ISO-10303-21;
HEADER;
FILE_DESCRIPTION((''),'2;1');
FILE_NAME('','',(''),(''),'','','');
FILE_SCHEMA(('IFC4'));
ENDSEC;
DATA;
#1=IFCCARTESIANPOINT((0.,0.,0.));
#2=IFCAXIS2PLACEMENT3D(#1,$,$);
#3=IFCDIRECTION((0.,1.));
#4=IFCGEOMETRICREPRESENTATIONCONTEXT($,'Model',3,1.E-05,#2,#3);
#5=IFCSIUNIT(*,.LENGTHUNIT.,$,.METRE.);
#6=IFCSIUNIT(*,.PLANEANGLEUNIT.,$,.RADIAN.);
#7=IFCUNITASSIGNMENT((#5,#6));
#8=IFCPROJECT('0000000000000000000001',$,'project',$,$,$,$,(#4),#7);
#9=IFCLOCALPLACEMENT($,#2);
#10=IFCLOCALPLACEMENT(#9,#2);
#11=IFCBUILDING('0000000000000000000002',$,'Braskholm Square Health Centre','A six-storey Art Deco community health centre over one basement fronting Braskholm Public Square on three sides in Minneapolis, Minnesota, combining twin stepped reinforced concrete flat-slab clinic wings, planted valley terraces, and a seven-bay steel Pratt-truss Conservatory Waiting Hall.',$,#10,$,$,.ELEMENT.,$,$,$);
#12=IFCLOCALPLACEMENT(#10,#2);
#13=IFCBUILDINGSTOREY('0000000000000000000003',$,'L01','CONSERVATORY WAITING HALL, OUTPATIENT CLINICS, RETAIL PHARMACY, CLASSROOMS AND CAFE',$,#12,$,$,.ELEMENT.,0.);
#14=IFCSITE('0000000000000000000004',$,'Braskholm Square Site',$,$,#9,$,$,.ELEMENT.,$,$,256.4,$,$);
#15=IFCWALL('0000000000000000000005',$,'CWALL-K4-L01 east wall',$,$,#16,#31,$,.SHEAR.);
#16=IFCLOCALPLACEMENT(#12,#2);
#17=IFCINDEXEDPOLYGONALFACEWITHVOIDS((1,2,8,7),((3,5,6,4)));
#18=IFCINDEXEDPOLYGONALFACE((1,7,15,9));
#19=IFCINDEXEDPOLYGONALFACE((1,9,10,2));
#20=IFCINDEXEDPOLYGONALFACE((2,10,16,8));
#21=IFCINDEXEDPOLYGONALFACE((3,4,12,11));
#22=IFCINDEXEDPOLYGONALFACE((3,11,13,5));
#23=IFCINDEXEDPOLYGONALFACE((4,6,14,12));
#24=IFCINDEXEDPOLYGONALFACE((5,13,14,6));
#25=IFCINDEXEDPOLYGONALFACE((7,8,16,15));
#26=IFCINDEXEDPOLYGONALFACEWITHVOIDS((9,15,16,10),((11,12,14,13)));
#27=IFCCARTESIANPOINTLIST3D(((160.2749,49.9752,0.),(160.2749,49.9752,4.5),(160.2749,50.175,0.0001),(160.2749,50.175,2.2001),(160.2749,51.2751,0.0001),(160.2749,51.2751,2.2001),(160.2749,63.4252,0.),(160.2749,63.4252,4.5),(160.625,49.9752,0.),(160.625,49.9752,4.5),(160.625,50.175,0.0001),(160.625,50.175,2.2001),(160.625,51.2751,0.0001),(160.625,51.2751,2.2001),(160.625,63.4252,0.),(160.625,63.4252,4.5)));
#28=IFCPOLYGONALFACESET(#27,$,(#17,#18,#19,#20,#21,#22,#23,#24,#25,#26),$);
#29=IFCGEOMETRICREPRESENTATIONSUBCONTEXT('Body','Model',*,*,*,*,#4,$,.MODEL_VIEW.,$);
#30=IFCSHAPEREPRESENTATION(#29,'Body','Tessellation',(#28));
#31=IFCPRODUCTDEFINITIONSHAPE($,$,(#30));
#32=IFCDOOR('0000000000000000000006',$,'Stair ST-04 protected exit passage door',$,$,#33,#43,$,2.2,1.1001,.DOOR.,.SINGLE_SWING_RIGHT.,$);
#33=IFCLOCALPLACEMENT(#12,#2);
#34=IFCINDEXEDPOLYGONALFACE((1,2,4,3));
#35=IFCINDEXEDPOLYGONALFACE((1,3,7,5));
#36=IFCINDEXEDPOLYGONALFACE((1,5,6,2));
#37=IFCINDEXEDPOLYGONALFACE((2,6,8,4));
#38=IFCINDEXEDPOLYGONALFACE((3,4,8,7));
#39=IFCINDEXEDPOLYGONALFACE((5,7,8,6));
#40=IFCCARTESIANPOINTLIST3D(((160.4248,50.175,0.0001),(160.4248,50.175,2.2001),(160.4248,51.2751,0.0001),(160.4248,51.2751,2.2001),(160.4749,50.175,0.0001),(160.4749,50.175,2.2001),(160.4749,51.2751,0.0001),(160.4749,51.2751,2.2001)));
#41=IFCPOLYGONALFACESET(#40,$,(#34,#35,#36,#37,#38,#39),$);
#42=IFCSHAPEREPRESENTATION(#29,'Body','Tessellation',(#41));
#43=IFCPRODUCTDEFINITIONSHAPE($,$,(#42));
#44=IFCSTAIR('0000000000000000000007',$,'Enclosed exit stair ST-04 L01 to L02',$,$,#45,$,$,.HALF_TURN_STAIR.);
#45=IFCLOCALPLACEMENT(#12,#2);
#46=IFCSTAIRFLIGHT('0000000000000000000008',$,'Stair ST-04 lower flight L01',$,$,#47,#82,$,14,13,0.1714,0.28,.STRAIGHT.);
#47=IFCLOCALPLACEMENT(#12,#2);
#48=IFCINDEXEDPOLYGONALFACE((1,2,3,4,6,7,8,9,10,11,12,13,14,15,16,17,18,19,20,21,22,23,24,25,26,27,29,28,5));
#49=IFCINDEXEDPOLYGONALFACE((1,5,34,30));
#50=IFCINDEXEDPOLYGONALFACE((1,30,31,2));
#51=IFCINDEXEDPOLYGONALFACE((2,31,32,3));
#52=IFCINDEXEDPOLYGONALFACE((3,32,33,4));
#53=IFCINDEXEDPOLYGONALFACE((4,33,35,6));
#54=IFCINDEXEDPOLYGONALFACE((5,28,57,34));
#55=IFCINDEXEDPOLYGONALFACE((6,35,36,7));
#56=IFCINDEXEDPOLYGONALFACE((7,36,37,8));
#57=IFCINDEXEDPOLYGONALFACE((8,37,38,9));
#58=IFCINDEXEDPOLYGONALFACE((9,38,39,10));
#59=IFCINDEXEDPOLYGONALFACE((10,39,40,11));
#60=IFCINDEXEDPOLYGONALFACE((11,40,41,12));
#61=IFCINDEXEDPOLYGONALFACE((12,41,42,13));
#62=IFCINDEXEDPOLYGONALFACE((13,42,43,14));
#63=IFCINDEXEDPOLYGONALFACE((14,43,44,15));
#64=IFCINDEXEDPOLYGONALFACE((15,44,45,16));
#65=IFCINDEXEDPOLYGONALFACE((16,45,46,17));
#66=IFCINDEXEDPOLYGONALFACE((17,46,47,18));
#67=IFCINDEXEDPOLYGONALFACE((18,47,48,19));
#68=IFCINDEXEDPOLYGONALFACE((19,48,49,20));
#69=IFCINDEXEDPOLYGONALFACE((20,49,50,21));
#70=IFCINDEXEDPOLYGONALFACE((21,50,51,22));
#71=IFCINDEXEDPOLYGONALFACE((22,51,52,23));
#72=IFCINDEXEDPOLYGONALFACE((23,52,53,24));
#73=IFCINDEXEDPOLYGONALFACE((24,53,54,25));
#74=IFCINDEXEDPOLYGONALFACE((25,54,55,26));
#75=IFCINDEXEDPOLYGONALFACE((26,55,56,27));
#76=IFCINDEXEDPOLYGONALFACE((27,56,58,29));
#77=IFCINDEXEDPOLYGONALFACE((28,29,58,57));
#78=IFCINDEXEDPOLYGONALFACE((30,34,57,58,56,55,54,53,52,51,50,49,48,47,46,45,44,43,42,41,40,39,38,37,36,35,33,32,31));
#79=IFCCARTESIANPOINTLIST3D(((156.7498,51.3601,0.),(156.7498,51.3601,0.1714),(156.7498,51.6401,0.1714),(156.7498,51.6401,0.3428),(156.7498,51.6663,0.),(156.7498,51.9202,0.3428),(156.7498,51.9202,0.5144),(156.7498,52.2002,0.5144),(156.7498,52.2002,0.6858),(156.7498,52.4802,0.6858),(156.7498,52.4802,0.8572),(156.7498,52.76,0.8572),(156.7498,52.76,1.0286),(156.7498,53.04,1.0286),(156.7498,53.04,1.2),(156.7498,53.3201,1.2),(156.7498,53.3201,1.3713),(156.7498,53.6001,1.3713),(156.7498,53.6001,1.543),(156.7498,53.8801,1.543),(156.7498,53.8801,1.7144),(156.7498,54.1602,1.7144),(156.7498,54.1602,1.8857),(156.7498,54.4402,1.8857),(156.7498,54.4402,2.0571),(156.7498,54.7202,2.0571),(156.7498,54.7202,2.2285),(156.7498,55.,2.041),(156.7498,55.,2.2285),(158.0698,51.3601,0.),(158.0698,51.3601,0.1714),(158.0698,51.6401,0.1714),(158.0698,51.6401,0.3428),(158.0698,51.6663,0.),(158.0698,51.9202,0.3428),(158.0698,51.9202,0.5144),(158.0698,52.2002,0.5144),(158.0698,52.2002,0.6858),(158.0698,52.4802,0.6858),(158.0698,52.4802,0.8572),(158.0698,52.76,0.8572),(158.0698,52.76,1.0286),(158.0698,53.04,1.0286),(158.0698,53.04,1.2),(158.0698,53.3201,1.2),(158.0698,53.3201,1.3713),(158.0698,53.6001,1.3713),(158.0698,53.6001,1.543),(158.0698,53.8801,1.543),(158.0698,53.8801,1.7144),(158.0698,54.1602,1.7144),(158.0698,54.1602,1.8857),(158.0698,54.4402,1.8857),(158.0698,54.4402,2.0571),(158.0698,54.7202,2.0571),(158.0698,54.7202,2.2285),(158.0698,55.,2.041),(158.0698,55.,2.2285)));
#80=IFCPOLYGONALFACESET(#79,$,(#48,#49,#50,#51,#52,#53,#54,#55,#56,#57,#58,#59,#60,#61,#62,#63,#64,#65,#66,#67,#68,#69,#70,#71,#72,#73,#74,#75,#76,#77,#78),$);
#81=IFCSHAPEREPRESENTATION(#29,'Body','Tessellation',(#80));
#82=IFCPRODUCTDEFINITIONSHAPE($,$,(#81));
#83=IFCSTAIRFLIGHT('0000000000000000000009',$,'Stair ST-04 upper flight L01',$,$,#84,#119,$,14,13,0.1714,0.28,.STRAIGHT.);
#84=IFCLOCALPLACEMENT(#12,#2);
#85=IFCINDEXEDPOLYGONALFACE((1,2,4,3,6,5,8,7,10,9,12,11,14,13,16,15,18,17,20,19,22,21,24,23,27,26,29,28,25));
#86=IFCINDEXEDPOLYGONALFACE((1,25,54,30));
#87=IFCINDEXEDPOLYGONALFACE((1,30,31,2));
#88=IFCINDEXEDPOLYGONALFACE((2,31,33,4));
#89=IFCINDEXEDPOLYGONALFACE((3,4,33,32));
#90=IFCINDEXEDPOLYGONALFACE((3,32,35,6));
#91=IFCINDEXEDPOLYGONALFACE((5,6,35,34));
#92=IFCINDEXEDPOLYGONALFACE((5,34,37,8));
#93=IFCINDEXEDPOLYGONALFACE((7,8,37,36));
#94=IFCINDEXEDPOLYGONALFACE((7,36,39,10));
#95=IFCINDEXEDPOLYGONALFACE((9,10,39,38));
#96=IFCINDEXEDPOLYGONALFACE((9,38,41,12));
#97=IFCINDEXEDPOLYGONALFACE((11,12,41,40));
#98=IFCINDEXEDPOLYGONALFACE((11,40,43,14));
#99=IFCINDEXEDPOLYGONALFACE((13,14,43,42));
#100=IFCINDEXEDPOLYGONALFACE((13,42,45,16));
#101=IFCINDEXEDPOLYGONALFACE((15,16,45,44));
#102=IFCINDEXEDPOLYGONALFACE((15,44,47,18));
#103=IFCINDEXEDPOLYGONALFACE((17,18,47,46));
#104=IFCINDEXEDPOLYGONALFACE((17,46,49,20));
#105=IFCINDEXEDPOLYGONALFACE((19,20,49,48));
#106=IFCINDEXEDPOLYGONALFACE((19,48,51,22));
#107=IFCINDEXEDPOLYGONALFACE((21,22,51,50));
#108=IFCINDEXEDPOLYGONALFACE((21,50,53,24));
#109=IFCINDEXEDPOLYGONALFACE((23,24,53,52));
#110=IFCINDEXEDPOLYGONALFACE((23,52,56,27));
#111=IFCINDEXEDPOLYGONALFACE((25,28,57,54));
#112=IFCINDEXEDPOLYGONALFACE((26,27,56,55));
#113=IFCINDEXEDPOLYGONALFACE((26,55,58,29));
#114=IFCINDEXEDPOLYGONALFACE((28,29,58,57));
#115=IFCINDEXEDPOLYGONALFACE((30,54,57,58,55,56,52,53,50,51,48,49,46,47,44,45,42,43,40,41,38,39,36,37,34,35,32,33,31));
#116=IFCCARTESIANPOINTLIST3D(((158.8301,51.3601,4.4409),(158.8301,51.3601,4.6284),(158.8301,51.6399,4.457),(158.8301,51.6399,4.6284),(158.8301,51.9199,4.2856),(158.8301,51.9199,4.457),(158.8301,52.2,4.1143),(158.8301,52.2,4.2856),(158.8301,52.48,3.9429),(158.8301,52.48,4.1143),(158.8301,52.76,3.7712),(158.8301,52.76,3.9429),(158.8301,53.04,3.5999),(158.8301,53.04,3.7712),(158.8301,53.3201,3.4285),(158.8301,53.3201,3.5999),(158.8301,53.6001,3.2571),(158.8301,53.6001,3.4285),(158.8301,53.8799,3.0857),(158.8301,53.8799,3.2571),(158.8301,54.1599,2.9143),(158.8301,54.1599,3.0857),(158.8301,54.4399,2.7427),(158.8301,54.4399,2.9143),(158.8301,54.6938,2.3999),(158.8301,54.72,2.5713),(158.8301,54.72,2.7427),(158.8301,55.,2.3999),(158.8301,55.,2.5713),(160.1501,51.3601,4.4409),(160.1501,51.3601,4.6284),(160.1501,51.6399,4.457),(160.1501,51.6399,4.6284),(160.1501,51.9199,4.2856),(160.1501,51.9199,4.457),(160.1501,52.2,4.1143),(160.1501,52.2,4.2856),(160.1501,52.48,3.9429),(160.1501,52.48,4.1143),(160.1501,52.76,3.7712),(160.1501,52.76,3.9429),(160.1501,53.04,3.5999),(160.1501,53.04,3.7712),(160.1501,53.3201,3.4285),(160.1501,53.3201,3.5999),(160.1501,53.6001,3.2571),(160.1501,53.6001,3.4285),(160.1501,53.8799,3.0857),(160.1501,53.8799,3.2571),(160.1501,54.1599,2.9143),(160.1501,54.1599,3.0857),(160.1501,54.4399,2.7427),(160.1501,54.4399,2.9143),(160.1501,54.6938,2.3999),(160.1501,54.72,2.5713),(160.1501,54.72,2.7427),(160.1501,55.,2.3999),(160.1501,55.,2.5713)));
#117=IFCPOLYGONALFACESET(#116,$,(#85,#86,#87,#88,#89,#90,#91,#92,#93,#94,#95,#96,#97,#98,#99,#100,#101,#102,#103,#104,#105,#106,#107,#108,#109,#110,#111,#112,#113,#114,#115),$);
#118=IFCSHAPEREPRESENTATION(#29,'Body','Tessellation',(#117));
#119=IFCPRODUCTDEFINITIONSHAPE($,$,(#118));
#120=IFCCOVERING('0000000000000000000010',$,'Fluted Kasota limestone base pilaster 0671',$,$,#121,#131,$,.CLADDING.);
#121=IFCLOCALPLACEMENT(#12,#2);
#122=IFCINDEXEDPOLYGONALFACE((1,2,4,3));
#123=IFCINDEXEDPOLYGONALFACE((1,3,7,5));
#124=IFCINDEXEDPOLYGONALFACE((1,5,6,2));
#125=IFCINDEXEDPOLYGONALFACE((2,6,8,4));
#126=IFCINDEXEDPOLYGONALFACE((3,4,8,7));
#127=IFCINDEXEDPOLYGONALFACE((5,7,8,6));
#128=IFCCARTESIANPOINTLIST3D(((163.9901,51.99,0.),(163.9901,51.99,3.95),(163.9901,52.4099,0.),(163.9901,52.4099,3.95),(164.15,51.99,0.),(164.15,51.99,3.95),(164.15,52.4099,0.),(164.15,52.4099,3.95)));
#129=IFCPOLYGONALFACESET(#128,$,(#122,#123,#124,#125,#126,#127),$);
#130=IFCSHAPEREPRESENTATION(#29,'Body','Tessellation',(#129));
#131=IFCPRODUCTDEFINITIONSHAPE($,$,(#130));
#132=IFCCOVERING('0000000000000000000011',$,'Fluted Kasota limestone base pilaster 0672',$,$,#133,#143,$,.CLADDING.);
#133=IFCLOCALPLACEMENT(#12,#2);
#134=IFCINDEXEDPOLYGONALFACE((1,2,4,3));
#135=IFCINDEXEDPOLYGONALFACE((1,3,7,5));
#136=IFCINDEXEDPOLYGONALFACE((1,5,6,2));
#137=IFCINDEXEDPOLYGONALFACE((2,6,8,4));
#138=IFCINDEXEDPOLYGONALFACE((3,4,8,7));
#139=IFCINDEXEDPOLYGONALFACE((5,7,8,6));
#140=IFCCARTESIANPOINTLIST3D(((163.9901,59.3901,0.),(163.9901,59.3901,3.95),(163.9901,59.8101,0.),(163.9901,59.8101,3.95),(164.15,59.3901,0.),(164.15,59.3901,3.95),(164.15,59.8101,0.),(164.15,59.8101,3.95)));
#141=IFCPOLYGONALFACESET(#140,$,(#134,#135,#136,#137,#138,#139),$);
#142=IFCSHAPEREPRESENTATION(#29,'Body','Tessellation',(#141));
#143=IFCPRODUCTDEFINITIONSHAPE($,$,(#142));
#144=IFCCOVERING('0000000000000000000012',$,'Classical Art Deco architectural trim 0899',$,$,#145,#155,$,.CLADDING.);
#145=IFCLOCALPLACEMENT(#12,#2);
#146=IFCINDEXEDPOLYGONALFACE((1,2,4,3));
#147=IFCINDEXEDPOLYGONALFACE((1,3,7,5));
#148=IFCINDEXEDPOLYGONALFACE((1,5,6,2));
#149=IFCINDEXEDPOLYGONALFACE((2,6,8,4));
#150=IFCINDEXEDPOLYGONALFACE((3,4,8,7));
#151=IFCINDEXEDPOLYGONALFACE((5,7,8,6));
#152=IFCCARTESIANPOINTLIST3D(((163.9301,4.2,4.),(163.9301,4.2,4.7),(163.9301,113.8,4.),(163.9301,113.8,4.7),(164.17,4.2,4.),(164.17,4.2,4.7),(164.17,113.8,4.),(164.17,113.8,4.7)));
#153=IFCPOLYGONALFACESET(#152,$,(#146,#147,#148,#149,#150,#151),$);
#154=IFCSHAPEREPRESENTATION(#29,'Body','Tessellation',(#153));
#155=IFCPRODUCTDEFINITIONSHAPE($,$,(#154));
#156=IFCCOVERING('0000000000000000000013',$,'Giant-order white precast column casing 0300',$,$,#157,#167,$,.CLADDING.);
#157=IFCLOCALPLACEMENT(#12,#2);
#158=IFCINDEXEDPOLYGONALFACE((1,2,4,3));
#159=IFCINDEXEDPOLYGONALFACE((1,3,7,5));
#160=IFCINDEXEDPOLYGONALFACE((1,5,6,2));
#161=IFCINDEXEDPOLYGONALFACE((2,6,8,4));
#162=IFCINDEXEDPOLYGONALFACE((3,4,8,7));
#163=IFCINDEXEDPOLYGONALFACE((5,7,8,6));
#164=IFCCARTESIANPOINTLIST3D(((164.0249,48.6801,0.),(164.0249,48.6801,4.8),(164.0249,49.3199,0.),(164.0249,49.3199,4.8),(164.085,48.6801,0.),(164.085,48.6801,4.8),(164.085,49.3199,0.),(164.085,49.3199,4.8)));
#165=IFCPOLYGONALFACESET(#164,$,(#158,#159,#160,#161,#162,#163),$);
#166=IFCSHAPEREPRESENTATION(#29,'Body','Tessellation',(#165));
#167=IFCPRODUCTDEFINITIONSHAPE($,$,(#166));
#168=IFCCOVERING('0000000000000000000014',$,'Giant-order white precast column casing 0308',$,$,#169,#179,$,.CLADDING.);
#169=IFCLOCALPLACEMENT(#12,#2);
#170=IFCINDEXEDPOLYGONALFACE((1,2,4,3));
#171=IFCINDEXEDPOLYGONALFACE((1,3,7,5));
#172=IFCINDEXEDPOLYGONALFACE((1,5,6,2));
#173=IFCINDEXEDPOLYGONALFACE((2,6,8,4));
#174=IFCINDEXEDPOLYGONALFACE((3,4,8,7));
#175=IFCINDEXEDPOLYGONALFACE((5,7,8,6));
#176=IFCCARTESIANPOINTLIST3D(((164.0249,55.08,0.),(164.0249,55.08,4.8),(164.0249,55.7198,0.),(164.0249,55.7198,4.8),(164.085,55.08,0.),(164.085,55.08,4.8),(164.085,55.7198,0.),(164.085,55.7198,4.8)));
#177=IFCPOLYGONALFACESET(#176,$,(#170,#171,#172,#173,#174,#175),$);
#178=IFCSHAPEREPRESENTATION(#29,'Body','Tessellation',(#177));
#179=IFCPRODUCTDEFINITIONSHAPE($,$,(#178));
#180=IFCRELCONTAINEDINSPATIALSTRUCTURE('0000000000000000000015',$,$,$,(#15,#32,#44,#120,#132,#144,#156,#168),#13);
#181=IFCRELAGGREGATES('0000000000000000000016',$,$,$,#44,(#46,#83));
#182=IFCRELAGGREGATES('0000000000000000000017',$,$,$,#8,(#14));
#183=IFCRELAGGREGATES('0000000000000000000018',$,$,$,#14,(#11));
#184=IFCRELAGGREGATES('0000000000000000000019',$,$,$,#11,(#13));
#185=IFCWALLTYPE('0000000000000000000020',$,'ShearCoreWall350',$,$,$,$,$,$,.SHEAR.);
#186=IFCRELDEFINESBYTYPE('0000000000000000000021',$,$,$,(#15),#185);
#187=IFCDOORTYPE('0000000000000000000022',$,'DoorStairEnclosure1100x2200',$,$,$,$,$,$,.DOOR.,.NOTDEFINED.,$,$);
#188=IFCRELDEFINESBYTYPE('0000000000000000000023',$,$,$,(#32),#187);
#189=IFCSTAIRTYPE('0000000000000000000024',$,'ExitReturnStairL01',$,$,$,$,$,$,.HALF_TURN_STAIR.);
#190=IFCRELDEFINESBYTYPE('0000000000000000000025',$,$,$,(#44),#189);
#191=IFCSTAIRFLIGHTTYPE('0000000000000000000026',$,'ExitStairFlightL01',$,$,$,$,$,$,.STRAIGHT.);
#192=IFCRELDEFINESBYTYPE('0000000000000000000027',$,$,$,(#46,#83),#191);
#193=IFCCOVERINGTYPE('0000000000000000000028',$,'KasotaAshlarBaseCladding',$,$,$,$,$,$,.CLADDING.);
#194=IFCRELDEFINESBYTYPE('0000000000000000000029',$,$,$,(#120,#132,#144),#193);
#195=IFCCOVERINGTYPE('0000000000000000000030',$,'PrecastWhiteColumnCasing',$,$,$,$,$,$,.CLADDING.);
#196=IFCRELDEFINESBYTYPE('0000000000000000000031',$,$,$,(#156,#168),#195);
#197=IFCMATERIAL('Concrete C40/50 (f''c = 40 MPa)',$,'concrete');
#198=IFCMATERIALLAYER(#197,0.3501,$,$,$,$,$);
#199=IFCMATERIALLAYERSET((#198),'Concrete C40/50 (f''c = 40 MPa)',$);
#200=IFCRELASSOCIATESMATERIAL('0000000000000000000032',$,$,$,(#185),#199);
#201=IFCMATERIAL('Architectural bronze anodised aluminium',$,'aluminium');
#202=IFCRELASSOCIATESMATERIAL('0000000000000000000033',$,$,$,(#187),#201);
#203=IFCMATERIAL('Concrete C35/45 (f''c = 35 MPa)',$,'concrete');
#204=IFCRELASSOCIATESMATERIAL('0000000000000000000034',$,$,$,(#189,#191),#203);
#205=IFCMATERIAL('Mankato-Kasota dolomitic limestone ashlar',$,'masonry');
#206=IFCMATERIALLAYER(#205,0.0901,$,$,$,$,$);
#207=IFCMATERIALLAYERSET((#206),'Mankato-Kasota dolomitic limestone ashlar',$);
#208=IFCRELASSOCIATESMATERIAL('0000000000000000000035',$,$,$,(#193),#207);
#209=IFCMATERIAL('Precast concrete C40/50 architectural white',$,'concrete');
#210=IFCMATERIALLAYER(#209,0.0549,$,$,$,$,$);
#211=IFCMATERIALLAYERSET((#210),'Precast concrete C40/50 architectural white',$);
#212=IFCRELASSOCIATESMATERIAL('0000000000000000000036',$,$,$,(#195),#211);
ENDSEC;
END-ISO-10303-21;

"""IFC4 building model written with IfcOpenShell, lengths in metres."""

from ifc_helpers import new_model, si_unit, direction, frame, frame_2d, origin, origin_2d, place, context, subcontext, project, spatial, polyline, rectangle, outline, extrude, material, layer, layer_set, type_object, element, fill, aggregate, save


model = new_model("IFC4")

# Units and contexts
model_context = context("Model", 3, precision=1e-05, world=origin(), true_north=direction((0.0, 1.0)))
body_context = subcontext(model_context, "Body", "Model", "MODEL_VIEW")
ifc_project = project(units=[si_unit("LENGTHUNIT", "METRE"), si_unit("PLANEANGLEUNIT", "RADIAN")], contexts=[model_context])

# Site, building, storey
site_placement = place(None, origin())
site = spatial("IfcSite", under=ifc_project, at=site_placement, Name="Braskholm Square Site", CompositionType="ELEMENT", RefElevation=256.4)
building_placement = place(site_placement, origin())
building = spatial("IfcBuilding", under=site, at=building_placement, Name="Braskholm Square Health Centre", Description="A six-storey Art Deco community health centre over one basement fronting Braskholm Public Square on three sides in Minneapolis, Minnesota, combining twin stepped reinforced concrete flat-slab clinic wings, planted valley terraces, and a seven-bay steel Pratt-truss Conservatory Waiting Hall.", CompositionType="ELEMENT")
storey_placement = place(building_placement, origin())
storey = spatial("IfcBuildingStorey", under=building, at=storey_placement, Name="L01", Description="CONSERVATORY WAITING HALL, OUTPATIENT CLINICS, RETAIL PHARMACY, CLASSROOMS AND CAFE", CompositionType="ELEMENT", Elevation=0.0)

# Shared definitions
ifc_material_1 = material(Name="Concrete C40/50 (f'c = 40 MPa)", Category="concrete")
ifc_material_2 = material(Name="Precast concrete C40/50 architectural white", Category="concrete")

# Shared definitions
ifc_material_3 = material(Name="Architectural bronze anodised aluminium", Category="aluminium")

# Shared definitions
ifc_material_4 = material(Name="Mankato-Kasota dolomitic limestone ashlar", Category="masonry")

# Shared definitions
ifc_material_5 = material(Name="Concrete C35/45 (f'c = 35 MPa)", Category="concrete")
ifc_layer_1 = layer(ifc_material_1, 0.3501)
ifc_layer_set_1 = layer_set([ifc_layer_1], Name="Concrete C40/50 (f'c = 40 MPa)")
wall_type_1 = type_object("IfcWallType", Name="ShearCoreWall350", PredefinedType="SHEAR", material=ifc_layer_set_1)

# Wall, opening, door
wall_1_placement = place(storey_placement, frame((160.45, 49.9751, 0.0), z_axis=(0.0, 0.0, 1.0), x_axis=(0.0, 1.0, 0.0)))
wall_1 = element("IfcWall", 1, at=wall_1_placement, inside=storey, type_object=wall_type_1, Name="CWALL-K4-L01 east wall", PredefinedType="SHEAR", context=body_context, shape_type="SweptSolid", body=[
    extrude(rectangle(XDim=13.45, YDim=0.3501, at=frame_2d((6.7251, 0.0))), origin(), (0.0, 0.0, 1.0), 4.5),
])
opening_1_placement = place(wall_1_placement, frame((0.2, 0.0, 0.0)))
opening_1 = element("IfcOpeningElement", 2, at=opening_1_placement, cuts=wall_1, PredefinedType="OPENING", context=body_context, shape_type="SweptSolid", body=[
    extrude(rectangle(XDim=1.1001, YDim=2.2, at=frame_2d((0.55, 1.1001))), frame((0.0, 0.1851, 0.0), z_axis=(0.0, -1.0, 0.0), x_axis=(1.0, 0.0, 0.0)), (0.0, 0.0, 1.0), 0.3701),
])
door_type_1 = type_object("IfcDoorType", Name="DoorStairEnclosure1100x2200", OperationType="NOTDEFINED", PredefinedType="DOOR", material=ifc_material_3)
door_1_placement = place(opening_1_placement, frame((1.1001, 0.0, 0.0), z_axis=(0.0, 0.0, 1.0), x_axis=(-1.0, 0.0, 0.0)))
door_1 = element("IfcDoor", 3, at=door_1_placement, inside=storey, type_object=door_type_1, Name="Stair ST-04 protected exit passage door", OperationType="SINGLE_SWING_RIGHT", OverallHeight=2.2, OverallWidth=1.1001, PredefinedType="DOOR", context=body_context, shape_type="SweptSolid", body=[
    extrude(rectangle(XDim=1.1001, YDim=2.2, at=frame_2d((0.55, 1.1001))), frame((0.0, 0.0249, 0.0), z_axis=(0.0, -1.0, 0.0), x_axis=(1.0, 0.0, 0.0)), (0.0, 0.0, 1.0), 0.05),
])
fill(opening_1, door_1)

# Stair, stair flights
stair_type = type_object("IfcStairType", Name="ExitReturnStairL01", PredefinedType="HALF_TURN_STAIR", material=ifc_material_5)
stair_placement = place(storey_placement, origin())
stair = element("IfcStair", 4, at=stair_placement, inside=storey, type_object=stair_type, Name="Enclosed exit stair ST-04 L01 to L02", PredefinedType="HALF_TURN_STAIR")
stair_flight_type = type_object("IfcStairFlightType", Name="ExitStairFlightL01", PredefinedType="STRAIGHT", material=ifc_material_5)
stair_flight_1_placement = place(storey_placement, frame((157.4099, 51.3601, 0.0), z_axis=(0.0, 0.0, 1.0), x_axis=(0.0, 1.0, 0.0)))
stair_flight_1 = element("IfcStairFlight", 5, at=stair_flight_1_placement, type_object=stair_flight_type, Name="Stair ST-04 lower flight L01", NumberOfRisers=14, NumberOfTreads=13, PredefinedType="STRAIGHT", RiserHeight=0.1714, TreadLength=0.28, context=body_context, shape_type="SweptSolid", body=[
    extrude(outline(polyline([(0.0, 0.0), (0.0, 0.1714), (0.28, 0.1714), (0.28, 0.3428), (0.5601, 0.3428), (0.5601, 0.5144), (0.8401, 0.5144), (0.8401, 0.6858), (1.1201, 0.6858), (1.1201, 0.8572), (1.3999, 0.8572), (1.3999, 1.0286), (1.6799, 1.0286), (1.6799, 1.2), (1.96, 1.2), (1.96, 1.3713), (2.24, 1.3713), (2.24, 1.543), (2.52, 1.543), (2.52, 1.7144), (2.8, 1.7144), (2.8, 1.8857), (3.0801, 1.8857), (3.0801, 2.0571), (3.3601, 2.0571), (3.3601, 2.2285), (3.6399, 2.2285), (3.6399, 2.3999), (3.6399, 2.041), (0.3062, 0.0), (0.0, 0.0)])), frame((0.0, 0.6602, 0.0), z_axis=(0.0, -1.0, 0.0), x_axis=(1.0, 0.0, 0.0)), (0.0, 0.0, 1.0), 1.3201),
])
stair_flight_2_placement = place(storey_placement, frame((159.49, 55.0, 2.3999), z_axis=(0.0, 0.0, 1.0), x_axis=(0.0, -1.0, 0.0)))
stair_flight_2 = element("IfcStairFlight", 6, at=stair_flight_2_placement, type_object=stair_flight_type, Name="Stair ST-04 upper flight L01", NumberOfRisers=14, NumberOfTreads=13, PredefinedType="STRAIGHT", RiserHeight=0.1714, TreadLength=0.28, context=body_context, shape_type="SweptSolid", body=[
    extrude(outline(polyline([(0.0, 0.0), (0.0, 0.1714), (0.28, 0.1714), (0.28, 0.3428), (0.5601, 0.3428), (0.5601, 0.5144), (0.8401, 0.5144), (0.8401, 0.6858), (1.1201, 0.6858), (1.1201, 0.8572), (1.3999, 0.8572), (1.3999, 1.0286), (1.6799, 1.0286), (1.6799, 1.2), (1.96, 1.2), (1.96, 1.3713), (2.24, 1.3713), (2.24, 1.543), (2.52, 1.543), (2.52, 1.7144), (2.8, 1.7144), (2.8, 1.8857), (3.0801, 1.8857), (3.0801, 2.0571), (3.3601, 2.0571), (3.3601, 2.2285), (3.6399, 2.2285), (3.6399, 2.3999), (3.6399, 2.041), (0.3062, 0.0), (0.0, 0.0)])), frame((0.0, 0.6602, 0.0), z_axis=(0.0, -1.0, 0.0), x_axis=(1.0, 0.0, 0.0)), (0.0, 0.0, 1.0), 1.3201),
])
aggregate(stair, [stair_flight_1, stair_flight_2])

# Coverings
ifc_layer_2 = layer(ifc_material_4, 0.0901)
ifc_layer_set_2 = layer_set([ifc_layer_2], Name="Mankato-Kasota dolomitic limestone ashlar")
covering_type_1 = type_object("IfcCoveringType", Name="KasotaAshlarBaseCladding", PredefinedType="CLADDING", material=ifc_layer_set_2)
for number, where, z_axis, x_axis, name in (
    (7, (164.0701, 52.2, 0.0), (0.0, 0.0, 1.0), (1.0, 0.0, 0.0), "Fluted Kasota limestone base pilaster 0671"),
    (8, (164.0701, 59.6001, 0.0), (0.0, 0.0, 1.0), (1.0, 0.0, 0.0), "Fluted Kasota limestone base pilaster 0672"),
):
    element("IfcCovering", number, at=place(storey_placement, frame(where, z_axis=z_axis, x_axis=x_axis)), inside=storey, type_object=covering_type_1, Name=name, PredefinedType="CLADDING", context=body_context, shape_type="SweptSolid", body=[
        extrude(rectangle(XDim=0.1599, YDim=0.4199, at=origin_2d()), origin(), (0.0, 0.0, 1.0), 3.95),
    ])
covering_placement = place(storey_placement, frame((164.05, 59.0, 4.0), z_axis=(0.0, 0.0, 1.0), x_axis=(1.0, 0.0, 0.0)))
element("IfcCovering", 9, at=covering_placement, inside=storey, type_object=covering_type_1, Name="Classical Art Deco architectural trim 0899", PredefinedType="CLADDING", context=body_context, shape_type="SweptSolid", body=[
    extrude(rectangle(XDim=0.24, YDim=109.6001, at=origin_2d()), origin(), (0.0, 0.0, 1.0), 0.7),
])
ifc_layer_3 = layer(ifc_material_2, 0.0549)
ifc_layer_set_3 = layer_set([ifc_layer_3], Name="Precast concrete C40/50 architectural white")
covering_type_2 = type_object("IfcCoveringType", Name="PrecastWhiteColumnCasing", PredefinedType="CLADDING", material=ifc_layer_set_3)
for number, where, z_axis, x_axis, name in (
    (10, (164.0549, 49.0, 0.0), (0.0, 0.0, 1.0), (1.0, 0.0, 0.0), "Giant-order white precast column casing 0300"),
    (11, (164.0549, 55.3999, 0.0), (0.0, 0.0, 1.0), (1.0, 0.0, 0.0), "Giant-order white precast column casing 0308"),
):
    element("IfcCovering", number, at=place(storey_placement, frame(where, z_axis=z_axis, x_axis=x_axis)), inside=storey, type_object=covering_type_2, Name=name, PredefinedType="CLADDING", context=body_context, shape_type="SweptSolid", body=[
        extrude(rectangle(XDim=0.0601, YDim=0.6399, at=origin_2d()), origin(), (0.0, 0.0, 1.0), 4.8),
    ])

save(model, "model.ifc")
